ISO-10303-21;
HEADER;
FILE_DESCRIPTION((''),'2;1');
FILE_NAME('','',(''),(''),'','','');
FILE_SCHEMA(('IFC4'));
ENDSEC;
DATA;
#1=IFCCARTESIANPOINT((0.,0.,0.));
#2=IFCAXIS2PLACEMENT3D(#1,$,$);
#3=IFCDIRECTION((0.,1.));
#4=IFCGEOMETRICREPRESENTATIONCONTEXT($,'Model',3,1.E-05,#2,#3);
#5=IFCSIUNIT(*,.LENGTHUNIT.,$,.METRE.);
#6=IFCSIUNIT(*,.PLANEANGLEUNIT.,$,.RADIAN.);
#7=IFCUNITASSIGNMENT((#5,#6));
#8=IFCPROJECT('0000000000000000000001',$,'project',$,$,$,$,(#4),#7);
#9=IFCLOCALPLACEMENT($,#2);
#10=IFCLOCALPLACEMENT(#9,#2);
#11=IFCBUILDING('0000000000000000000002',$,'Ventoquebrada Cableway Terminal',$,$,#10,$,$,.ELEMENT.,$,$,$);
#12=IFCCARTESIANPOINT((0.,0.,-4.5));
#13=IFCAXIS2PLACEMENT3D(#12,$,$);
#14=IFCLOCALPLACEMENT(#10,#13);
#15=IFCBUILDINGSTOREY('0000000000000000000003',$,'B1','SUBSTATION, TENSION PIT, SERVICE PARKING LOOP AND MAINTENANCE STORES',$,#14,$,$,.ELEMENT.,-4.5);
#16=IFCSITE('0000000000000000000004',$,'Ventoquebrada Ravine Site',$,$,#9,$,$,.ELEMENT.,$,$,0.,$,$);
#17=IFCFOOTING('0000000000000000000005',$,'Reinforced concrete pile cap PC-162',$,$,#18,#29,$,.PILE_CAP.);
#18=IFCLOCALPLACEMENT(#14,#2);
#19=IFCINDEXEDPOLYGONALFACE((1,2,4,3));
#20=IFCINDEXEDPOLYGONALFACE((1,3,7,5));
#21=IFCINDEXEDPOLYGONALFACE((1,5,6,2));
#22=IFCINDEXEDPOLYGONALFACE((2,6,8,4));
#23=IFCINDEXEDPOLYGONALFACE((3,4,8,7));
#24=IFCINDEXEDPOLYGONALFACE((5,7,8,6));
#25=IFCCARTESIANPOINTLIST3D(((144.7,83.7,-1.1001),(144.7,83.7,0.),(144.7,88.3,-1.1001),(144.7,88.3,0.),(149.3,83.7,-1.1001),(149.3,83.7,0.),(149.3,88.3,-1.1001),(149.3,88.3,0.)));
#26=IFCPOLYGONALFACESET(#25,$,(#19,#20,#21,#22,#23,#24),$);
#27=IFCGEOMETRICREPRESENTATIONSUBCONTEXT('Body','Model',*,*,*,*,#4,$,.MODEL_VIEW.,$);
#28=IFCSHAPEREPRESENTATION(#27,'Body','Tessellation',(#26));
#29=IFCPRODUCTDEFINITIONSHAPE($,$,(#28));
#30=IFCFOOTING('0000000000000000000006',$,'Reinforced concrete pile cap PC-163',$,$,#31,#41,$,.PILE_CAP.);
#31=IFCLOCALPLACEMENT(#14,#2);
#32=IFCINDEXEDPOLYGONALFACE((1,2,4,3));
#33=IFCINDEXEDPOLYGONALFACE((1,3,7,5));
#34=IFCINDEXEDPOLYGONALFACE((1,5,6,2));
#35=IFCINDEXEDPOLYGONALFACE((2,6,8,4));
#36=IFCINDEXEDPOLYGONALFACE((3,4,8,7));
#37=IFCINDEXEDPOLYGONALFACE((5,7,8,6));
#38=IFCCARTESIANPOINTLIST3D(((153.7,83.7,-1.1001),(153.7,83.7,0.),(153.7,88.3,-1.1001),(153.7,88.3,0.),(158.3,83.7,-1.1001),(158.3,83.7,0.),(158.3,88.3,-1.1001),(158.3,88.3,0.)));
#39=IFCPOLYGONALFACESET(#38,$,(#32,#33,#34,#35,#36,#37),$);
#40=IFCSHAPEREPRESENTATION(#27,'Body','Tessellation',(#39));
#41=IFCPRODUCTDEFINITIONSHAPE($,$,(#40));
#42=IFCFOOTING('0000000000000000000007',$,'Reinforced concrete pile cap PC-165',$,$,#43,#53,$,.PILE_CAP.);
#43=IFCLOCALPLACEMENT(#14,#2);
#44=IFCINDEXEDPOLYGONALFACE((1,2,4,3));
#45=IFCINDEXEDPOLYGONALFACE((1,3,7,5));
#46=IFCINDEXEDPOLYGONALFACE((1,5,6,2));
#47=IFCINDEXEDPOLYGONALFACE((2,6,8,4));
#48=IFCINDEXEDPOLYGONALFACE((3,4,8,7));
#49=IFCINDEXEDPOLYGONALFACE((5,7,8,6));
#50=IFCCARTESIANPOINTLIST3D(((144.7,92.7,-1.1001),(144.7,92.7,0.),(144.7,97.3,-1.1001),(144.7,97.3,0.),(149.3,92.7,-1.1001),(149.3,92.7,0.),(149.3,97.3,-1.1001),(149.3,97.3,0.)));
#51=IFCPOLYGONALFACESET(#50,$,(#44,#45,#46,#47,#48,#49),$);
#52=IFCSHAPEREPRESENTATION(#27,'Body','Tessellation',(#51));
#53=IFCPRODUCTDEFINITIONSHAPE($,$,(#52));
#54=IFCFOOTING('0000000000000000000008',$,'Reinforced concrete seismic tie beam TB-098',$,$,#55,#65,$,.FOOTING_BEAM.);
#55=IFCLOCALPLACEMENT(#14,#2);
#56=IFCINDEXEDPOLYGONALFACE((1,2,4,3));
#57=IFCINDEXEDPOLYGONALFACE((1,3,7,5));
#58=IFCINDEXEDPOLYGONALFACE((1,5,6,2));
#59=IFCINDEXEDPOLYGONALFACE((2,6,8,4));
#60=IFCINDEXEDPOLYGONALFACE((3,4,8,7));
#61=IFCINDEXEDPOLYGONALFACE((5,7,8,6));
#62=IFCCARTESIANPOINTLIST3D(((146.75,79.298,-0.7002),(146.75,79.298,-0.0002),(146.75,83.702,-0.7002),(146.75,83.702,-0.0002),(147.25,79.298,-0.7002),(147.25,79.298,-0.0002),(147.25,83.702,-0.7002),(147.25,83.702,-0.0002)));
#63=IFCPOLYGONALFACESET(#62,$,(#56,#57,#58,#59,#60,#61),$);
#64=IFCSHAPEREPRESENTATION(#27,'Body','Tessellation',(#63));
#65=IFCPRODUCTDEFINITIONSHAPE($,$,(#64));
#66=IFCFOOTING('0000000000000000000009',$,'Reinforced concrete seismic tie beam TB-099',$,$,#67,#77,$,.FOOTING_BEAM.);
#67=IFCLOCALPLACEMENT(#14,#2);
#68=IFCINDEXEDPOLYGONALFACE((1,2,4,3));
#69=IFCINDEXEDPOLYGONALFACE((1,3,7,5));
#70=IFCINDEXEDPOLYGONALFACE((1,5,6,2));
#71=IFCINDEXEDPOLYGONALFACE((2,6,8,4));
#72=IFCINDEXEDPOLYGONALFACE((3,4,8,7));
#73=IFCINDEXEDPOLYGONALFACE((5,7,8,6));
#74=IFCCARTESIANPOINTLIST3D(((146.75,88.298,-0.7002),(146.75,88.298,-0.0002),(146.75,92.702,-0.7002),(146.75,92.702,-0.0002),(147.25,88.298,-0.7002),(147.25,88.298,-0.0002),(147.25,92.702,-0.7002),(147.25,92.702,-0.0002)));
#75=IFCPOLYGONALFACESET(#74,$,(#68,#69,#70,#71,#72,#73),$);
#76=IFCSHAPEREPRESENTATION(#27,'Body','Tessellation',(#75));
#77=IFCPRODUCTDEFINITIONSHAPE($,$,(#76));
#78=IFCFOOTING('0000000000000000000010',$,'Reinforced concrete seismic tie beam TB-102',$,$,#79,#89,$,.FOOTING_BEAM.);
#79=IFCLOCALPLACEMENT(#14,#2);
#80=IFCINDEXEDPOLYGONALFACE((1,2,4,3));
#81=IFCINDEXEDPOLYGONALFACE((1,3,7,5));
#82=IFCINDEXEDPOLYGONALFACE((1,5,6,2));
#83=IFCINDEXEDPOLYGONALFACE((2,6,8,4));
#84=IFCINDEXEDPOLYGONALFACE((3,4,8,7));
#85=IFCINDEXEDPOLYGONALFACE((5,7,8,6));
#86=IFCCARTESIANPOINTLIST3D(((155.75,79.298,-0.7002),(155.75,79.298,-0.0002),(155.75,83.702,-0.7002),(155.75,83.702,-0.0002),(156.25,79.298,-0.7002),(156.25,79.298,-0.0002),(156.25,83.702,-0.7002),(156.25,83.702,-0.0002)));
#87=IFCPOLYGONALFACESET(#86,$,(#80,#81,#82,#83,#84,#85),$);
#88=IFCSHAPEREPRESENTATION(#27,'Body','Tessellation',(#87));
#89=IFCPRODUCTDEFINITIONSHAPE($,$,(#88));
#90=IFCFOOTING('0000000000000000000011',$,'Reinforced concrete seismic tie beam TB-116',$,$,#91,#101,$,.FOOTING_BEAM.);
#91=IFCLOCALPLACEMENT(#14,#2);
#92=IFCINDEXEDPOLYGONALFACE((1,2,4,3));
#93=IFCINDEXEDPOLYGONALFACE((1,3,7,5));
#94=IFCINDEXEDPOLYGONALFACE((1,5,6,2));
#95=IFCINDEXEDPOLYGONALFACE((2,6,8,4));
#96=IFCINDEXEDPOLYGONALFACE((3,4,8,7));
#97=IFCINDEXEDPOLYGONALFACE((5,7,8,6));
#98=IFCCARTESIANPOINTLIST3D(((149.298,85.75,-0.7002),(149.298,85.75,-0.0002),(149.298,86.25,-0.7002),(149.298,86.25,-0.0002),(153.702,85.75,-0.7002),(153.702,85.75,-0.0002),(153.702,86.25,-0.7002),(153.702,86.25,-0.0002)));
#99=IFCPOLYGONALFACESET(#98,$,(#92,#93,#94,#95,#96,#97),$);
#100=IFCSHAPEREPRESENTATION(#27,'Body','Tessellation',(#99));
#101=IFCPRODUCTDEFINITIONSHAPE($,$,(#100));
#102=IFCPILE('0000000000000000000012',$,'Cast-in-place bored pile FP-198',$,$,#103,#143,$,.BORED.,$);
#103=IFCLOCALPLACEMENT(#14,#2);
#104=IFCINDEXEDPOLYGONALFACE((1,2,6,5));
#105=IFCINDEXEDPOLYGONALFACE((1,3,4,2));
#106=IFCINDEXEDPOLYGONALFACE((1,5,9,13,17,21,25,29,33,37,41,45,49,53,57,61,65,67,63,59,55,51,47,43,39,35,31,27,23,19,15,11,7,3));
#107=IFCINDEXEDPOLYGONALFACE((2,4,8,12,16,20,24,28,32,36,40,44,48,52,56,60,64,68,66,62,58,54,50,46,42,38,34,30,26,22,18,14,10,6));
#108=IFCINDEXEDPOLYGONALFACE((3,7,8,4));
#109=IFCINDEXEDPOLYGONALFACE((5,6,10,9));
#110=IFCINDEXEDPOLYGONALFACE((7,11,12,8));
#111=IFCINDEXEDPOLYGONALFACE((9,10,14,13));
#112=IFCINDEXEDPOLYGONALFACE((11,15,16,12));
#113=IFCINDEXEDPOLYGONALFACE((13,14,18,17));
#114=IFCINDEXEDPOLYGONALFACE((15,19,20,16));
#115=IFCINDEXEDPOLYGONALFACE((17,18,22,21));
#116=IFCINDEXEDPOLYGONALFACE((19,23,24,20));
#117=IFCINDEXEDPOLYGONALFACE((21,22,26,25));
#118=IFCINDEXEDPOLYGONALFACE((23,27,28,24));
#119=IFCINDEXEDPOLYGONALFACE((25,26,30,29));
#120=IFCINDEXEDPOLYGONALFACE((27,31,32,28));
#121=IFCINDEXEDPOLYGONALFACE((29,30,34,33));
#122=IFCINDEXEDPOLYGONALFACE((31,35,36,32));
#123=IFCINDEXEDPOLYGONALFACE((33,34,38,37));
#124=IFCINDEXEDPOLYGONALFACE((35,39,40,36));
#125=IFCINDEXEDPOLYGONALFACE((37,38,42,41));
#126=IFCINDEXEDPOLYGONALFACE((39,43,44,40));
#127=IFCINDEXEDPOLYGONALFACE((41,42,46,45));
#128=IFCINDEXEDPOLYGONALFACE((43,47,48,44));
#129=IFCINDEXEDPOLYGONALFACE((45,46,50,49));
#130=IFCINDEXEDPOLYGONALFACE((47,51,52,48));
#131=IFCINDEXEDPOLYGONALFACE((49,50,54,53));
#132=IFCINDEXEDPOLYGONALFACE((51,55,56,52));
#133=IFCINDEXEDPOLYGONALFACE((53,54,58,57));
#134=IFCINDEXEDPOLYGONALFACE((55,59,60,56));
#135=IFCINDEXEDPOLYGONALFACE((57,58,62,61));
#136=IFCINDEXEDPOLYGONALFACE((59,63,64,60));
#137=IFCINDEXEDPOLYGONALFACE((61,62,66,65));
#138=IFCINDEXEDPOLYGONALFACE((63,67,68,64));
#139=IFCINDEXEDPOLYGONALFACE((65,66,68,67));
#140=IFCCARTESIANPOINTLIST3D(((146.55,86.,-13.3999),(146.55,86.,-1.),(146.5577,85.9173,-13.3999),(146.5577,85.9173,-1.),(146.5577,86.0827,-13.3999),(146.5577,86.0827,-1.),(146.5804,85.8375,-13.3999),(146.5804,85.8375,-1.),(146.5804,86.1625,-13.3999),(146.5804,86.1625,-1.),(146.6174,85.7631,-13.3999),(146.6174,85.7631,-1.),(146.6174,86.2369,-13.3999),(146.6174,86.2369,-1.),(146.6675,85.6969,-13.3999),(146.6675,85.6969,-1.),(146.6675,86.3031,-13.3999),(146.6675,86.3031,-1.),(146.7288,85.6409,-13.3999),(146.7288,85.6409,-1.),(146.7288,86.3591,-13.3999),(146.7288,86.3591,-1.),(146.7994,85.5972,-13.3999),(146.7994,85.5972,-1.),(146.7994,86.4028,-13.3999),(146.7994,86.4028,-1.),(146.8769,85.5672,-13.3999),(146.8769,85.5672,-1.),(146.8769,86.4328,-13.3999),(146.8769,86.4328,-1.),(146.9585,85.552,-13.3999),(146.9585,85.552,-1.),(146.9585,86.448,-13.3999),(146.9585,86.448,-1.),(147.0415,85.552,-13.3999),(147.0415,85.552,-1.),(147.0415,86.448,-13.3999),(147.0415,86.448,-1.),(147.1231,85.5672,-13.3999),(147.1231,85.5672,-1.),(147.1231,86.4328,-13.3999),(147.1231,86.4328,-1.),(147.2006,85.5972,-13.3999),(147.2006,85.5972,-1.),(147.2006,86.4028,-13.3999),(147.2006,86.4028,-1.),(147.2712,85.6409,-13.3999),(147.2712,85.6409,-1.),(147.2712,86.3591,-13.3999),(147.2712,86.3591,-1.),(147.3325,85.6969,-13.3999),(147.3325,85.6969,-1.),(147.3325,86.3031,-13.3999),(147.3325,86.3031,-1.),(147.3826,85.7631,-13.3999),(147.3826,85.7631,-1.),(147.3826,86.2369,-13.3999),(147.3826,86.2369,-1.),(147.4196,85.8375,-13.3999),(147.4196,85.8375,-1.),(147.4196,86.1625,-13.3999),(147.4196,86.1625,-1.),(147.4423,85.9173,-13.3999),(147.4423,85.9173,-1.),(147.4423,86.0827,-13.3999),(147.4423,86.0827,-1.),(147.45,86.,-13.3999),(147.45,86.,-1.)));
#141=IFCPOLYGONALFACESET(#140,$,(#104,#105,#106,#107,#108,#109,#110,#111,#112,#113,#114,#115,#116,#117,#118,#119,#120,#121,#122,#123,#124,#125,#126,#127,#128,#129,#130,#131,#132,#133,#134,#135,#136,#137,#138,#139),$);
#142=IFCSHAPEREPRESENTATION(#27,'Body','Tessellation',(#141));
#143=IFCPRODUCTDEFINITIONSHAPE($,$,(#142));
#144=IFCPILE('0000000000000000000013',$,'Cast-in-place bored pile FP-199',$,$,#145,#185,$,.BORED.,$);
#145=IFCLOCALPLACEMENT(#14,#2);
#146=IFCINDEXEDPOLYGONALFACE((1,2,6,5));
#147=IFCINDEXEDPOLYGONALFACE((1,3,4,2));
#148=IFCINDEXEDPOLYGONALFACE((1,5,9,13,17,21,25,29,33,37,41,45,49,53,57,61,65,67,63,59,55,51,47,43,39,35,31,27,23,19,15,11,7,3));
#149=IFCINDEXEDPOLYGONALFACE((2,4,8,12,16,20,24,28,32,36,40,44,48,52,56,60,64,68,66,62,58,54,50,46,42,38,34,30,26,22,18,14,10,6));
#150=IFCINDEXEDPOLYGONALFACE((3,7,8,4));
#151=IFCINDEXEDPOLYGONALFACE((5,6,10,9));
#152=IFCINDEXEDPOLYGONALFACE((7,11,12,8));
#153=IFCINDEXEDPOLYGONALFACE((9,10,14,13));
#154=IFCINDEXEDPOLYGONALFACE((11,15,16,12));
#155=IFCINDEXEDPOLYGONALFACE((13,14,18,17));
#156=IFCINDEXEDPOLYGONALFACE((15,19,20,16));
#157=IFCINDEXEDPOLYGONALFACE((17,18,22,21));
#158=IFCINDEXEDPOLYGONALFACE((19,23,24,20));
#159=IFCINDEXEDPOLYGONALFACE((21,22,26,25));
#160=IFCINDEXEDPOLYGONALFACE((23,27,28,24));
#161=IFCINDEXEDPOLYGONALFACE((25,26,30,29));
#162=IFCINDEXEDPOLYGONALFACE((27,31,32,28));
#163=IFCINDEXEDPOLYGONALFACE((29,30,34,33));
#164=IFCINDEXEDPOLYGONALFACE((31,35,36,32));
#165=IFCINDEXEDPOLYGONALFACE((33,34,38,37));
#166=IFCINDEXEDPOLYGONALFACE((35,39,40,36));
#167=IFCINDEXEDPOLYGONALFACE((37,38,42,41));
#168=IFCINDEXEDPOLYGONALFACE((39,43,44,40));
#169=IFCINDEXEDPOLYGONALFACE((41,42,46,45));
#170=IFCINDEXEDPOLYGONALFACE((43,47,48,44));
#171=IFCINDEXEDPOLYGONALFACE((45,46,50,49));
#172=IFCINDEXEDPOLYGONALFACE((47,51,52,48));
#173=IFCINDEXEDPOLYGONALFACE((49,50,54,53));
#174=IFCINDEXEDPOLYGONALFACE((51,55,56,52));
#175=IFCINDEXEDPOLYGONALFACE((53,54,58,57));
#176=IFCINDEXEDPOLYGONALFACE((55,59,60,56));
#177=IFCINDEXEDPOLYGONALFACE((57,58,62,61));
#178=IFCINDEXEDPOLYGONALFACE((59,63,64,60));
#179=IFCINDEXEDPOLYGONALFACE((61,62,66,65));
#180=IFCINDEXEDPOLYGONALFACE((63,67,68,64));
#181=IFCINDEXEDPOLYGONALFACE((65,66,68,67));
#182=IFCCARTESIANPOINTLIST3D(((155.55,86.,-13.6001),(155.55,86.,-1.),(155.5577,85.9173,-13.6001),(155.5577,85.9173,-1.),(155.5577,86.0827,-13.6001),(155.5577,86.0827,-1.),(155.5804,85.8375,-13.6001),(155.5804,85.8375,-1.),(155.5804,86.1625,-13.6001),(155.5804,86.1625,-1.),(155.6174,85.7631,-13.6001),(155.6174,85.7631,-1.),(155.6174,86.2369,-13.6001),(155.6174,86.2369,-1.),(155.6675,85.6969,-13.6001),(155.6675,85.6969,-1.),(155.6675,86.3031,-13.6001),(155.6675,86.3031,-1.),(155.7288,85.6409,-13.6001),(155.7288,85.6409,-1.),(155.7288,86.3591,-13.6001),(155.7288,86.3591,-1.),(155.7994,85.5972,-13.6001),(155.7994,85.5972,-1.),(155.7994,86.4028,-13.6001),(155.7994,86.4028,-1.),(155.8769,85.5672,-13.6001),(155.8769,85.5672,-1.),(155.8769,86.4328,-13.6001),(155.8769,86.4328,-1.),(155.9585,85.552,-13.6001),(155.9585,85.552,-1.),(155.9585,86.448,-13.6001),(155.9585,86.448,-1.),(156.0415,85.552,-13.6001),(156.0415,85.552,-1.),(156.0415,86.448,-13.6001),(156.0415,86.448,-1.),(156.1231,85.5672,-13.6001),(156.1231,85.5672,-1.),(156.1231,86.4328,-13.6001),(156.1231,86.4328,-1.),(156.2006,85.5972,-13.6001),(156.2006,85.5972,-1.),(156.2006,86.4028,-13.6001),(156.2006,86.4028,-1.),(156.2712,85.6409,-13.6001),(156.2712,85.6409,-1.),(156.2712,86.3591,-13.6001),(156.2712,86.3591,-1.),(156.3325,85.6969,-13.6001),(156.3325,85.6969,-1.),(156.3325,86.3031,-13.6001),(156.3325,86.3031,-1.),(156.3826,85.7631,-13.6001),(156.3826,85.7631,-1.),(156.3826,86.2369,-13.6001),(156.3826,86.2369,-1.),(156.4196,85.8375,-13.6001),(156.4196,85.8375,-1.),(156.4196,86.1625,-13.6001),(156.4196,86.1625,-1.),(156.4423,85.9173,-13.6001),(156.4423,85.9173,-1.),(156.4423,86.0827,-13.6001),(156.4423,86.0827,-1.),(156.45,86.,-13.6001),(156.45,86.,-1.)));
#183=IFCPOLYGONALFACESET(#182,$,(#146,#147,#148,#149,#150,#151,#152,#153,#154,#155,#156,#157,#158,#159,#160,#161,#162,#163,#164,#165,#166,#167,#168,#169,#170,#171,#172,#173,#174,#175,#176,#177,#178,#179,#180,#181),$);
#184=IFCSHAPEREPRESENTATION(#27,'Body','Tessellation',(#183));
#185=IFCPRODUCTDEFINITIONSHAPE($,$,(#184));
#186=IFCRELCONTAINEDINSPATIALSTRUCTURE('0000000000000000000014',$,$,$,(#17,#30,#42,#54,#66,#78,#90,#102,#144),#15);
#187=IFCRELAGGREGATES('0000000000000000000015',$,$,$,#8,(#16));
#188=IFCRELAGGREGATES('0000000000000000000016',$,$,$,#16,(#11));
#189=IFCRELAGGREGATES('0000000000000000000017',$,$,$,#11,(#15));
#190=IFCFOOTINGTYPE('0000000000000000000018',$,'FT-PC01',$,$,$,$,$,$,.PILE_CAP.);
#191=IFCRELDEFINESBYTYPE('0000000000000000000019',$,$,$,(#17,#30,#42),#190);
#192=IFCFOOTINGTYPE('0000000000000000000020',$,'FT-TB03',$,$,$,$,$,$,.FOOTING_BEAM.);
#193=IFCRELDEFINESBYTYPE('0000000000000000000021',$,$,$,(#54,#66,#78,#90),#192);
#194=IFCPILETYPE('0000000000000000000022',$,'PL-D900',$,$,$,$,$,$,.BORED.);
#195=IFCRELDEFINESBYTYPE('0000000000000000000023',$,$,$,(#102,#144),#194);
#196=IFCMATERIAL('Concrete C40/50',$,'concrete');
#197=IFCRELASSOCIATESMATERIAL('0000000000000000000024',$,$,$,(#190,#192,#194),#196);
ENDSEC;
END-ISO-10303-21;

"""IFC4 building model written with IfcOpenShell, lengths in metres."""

from ifc_helpers import new_model, si_unit, direction, frame, origin, origin_2d, place, context, subcontext, project, spatial, rectangle, circle, extrude, material, material_profile, profile_set, type_object, element, save


model = new_model("IFC4")

# Units and contexts
model_context = context("Model", 3, precision=1e-05, world=origin(), true_north=direction((0.0, 1.0)))
body_context = subcontext(model_context, "Body", "Model", "MODEL_VIEW")
ifc_project = project(units=[si_unit("LENGTHUNIT", "METRE"), si_unit("PLANEANGLEUNIT", "RADIAN")], contexts=[model_context])

# Site, building, storey
site_placement = place(None, origin())
site = spatial("IfcSite", under=ifc_project, at=site_placement, Name="Ventoquebrada Ravine Site", CompositionType="ELEMENT", RefElevation=0.0)
building_placement = place(site_placement, origin())
building = spatial("IfcBuilding", under=site, at=building_placement, Name="Ventoquebrada Cableway Terminal", CompositionType="ELEMENT")
storey_placement = place(building_placement, frame((0.0, 0.0, -4.5)))
storey = spatial("IfcBuildingStorey", under=building, at=storey_placement, Name="B1", Description="SUBSTATION, TENSION PIT, SERVICE PARKING LOOP AND MAINTENANCE STORES", CompositionType="ELEMENT", Elevation=-4.5)

# Footings
ifc_material_1 = material(Name="Concrete C40/50", Category="concrete")
footing_type_1 = type_object("IfcFootingType", Name="FT-PC01", PredefinedType="PILE_CAP", material=ifc_material_1)
for number, where, z_axis, x_axis, name in (
    (1, (147.0, 86.0, -1.1001), (0.0, 0.0, 1.0), (1.0, 0.0, 0.0), "Reinforced concrete pile cap PC-162"),
    (2, (156.0, 86.0, -1.1001), (0.0, 0.0, 1.0), (1.0, 0.0, 0.0), "Reinforced concrete pile cap PC-163"),
    (3, (147.0, 95.0, -1.1001), (0.0, 0.0, 1.0), (1.0, 0.0, 0.0), "Reinforced concrete pile cap PC-165"),
):
    element("IfcFooting", number, at=place(storey_placement, frame(where, z_axis=z_axis, x_axis=x_axis)), inside=storey, type_object=footing_type_1, Name=name, PredefinedType="PILE_CAP", context=body_context, shape_type="SweptSolid", body=[
        extrude(rectangle(XDim=4.6001, YDim=4.6001, at=origin_2d()), origin(), (0.0, 0.0, 1.0), 1.1001),
    ])
footing_type_2 = type_object("IfcFootingType", Name="FT-TB03", PredefinedType="FOOTING_BEAM", material=ifc_material_1)
for number, where, z_axis, x_axis, name in (
    (4, (147.0, 81.5, -0.7002), (0.0, 0.0, 1.0), (0.0, 1.0, 0.0), "Reinforced concrete seismic tie beam TB-098"),
    (5, (147.0, 90.5, -0.7002), (0.0, 0.0, 1.0), (0.0, 1.0, 0.0), "Reinforced concrete seismic tie beam TB-099"),
    (6, (156.0, 81.5, -0.7002), (0.0, 0.0, 1.0), (0.0, 1.0, 0.0), "Reinforced concrete seismic tie beam TB-102"),
    (7, (151.5, 86.0, -0.7002), (0.0, 0.0, 1.0), (1.0, 0.0, 0.0), "Reinforced concrete seismic tie beam TB-116"),
):
    element("IfcFooting", number, at=place(storey_placement, frame(where, z_axis=z_axis, x_axis=x_axis)), inside=storey, type_object=footing_type_2, Name=name, PredefinedType="FOOTING_BEAM", context=body_context, shape_type="SweptSolid", body=[
        extrude(rectangle(XDim=4.4041, YDim=0.5, at=origin_2d()), origin(), (0.0, 0.0, 1.0), 0.7),
    ])

# Piles
ifc_material_profile_1 = material_profile(ifc_material_1, circle(Radius=0.45, at=origin_2d()), Name="PILE-D900")
ifc_profile_set_1 = profile_set([ifc_material_profile_1], Name="Concrete C40/50")
pile_type = type_object("IfcPileType", Name="PL-D900", PredefinedType="BORED", material=ifc_profile_set_1)
pile_1_placement = place(storey_placement, frame((147.0, 86.0, -1.0), z_axis=(0.0, 0.0, -1.0), x_axis=(1.0, 0.0, 0.0)))
element("IfcPile", 8, at=pile_1_placement, inside=storey, type_object=pile_type, Name="Cast-in-place bored pile FP-198", PredefinedType="BORED", context=body_context, shape_type="SweptSolid", body=[
    extrude(circle(Radius=0.45, at=origin_2d()), origin(), (0.0, 0.0, 1.0), 12.3999),
])
pile_2_placement = place(storey_placement, frame((156.0, 86.0, -1.0), z_axis=(0.0, 0.0, -1.0), x_axis=(1.0, 0.0, 0.0)))
element("IfcPile", 9, at=pile_2_placement, inside=storey, type_object=pile_type, Name="Cast-in-place bored pile FP-199", PredefinedType="BORED", context=body_context, shape_type="SweptSolid", body=[
    extrude(circle(Radius=0.45, at=origin_2d()), origin(), (0.0, 0.0, 1.0), 12.6001),
])

save(model, "model.ifc")
